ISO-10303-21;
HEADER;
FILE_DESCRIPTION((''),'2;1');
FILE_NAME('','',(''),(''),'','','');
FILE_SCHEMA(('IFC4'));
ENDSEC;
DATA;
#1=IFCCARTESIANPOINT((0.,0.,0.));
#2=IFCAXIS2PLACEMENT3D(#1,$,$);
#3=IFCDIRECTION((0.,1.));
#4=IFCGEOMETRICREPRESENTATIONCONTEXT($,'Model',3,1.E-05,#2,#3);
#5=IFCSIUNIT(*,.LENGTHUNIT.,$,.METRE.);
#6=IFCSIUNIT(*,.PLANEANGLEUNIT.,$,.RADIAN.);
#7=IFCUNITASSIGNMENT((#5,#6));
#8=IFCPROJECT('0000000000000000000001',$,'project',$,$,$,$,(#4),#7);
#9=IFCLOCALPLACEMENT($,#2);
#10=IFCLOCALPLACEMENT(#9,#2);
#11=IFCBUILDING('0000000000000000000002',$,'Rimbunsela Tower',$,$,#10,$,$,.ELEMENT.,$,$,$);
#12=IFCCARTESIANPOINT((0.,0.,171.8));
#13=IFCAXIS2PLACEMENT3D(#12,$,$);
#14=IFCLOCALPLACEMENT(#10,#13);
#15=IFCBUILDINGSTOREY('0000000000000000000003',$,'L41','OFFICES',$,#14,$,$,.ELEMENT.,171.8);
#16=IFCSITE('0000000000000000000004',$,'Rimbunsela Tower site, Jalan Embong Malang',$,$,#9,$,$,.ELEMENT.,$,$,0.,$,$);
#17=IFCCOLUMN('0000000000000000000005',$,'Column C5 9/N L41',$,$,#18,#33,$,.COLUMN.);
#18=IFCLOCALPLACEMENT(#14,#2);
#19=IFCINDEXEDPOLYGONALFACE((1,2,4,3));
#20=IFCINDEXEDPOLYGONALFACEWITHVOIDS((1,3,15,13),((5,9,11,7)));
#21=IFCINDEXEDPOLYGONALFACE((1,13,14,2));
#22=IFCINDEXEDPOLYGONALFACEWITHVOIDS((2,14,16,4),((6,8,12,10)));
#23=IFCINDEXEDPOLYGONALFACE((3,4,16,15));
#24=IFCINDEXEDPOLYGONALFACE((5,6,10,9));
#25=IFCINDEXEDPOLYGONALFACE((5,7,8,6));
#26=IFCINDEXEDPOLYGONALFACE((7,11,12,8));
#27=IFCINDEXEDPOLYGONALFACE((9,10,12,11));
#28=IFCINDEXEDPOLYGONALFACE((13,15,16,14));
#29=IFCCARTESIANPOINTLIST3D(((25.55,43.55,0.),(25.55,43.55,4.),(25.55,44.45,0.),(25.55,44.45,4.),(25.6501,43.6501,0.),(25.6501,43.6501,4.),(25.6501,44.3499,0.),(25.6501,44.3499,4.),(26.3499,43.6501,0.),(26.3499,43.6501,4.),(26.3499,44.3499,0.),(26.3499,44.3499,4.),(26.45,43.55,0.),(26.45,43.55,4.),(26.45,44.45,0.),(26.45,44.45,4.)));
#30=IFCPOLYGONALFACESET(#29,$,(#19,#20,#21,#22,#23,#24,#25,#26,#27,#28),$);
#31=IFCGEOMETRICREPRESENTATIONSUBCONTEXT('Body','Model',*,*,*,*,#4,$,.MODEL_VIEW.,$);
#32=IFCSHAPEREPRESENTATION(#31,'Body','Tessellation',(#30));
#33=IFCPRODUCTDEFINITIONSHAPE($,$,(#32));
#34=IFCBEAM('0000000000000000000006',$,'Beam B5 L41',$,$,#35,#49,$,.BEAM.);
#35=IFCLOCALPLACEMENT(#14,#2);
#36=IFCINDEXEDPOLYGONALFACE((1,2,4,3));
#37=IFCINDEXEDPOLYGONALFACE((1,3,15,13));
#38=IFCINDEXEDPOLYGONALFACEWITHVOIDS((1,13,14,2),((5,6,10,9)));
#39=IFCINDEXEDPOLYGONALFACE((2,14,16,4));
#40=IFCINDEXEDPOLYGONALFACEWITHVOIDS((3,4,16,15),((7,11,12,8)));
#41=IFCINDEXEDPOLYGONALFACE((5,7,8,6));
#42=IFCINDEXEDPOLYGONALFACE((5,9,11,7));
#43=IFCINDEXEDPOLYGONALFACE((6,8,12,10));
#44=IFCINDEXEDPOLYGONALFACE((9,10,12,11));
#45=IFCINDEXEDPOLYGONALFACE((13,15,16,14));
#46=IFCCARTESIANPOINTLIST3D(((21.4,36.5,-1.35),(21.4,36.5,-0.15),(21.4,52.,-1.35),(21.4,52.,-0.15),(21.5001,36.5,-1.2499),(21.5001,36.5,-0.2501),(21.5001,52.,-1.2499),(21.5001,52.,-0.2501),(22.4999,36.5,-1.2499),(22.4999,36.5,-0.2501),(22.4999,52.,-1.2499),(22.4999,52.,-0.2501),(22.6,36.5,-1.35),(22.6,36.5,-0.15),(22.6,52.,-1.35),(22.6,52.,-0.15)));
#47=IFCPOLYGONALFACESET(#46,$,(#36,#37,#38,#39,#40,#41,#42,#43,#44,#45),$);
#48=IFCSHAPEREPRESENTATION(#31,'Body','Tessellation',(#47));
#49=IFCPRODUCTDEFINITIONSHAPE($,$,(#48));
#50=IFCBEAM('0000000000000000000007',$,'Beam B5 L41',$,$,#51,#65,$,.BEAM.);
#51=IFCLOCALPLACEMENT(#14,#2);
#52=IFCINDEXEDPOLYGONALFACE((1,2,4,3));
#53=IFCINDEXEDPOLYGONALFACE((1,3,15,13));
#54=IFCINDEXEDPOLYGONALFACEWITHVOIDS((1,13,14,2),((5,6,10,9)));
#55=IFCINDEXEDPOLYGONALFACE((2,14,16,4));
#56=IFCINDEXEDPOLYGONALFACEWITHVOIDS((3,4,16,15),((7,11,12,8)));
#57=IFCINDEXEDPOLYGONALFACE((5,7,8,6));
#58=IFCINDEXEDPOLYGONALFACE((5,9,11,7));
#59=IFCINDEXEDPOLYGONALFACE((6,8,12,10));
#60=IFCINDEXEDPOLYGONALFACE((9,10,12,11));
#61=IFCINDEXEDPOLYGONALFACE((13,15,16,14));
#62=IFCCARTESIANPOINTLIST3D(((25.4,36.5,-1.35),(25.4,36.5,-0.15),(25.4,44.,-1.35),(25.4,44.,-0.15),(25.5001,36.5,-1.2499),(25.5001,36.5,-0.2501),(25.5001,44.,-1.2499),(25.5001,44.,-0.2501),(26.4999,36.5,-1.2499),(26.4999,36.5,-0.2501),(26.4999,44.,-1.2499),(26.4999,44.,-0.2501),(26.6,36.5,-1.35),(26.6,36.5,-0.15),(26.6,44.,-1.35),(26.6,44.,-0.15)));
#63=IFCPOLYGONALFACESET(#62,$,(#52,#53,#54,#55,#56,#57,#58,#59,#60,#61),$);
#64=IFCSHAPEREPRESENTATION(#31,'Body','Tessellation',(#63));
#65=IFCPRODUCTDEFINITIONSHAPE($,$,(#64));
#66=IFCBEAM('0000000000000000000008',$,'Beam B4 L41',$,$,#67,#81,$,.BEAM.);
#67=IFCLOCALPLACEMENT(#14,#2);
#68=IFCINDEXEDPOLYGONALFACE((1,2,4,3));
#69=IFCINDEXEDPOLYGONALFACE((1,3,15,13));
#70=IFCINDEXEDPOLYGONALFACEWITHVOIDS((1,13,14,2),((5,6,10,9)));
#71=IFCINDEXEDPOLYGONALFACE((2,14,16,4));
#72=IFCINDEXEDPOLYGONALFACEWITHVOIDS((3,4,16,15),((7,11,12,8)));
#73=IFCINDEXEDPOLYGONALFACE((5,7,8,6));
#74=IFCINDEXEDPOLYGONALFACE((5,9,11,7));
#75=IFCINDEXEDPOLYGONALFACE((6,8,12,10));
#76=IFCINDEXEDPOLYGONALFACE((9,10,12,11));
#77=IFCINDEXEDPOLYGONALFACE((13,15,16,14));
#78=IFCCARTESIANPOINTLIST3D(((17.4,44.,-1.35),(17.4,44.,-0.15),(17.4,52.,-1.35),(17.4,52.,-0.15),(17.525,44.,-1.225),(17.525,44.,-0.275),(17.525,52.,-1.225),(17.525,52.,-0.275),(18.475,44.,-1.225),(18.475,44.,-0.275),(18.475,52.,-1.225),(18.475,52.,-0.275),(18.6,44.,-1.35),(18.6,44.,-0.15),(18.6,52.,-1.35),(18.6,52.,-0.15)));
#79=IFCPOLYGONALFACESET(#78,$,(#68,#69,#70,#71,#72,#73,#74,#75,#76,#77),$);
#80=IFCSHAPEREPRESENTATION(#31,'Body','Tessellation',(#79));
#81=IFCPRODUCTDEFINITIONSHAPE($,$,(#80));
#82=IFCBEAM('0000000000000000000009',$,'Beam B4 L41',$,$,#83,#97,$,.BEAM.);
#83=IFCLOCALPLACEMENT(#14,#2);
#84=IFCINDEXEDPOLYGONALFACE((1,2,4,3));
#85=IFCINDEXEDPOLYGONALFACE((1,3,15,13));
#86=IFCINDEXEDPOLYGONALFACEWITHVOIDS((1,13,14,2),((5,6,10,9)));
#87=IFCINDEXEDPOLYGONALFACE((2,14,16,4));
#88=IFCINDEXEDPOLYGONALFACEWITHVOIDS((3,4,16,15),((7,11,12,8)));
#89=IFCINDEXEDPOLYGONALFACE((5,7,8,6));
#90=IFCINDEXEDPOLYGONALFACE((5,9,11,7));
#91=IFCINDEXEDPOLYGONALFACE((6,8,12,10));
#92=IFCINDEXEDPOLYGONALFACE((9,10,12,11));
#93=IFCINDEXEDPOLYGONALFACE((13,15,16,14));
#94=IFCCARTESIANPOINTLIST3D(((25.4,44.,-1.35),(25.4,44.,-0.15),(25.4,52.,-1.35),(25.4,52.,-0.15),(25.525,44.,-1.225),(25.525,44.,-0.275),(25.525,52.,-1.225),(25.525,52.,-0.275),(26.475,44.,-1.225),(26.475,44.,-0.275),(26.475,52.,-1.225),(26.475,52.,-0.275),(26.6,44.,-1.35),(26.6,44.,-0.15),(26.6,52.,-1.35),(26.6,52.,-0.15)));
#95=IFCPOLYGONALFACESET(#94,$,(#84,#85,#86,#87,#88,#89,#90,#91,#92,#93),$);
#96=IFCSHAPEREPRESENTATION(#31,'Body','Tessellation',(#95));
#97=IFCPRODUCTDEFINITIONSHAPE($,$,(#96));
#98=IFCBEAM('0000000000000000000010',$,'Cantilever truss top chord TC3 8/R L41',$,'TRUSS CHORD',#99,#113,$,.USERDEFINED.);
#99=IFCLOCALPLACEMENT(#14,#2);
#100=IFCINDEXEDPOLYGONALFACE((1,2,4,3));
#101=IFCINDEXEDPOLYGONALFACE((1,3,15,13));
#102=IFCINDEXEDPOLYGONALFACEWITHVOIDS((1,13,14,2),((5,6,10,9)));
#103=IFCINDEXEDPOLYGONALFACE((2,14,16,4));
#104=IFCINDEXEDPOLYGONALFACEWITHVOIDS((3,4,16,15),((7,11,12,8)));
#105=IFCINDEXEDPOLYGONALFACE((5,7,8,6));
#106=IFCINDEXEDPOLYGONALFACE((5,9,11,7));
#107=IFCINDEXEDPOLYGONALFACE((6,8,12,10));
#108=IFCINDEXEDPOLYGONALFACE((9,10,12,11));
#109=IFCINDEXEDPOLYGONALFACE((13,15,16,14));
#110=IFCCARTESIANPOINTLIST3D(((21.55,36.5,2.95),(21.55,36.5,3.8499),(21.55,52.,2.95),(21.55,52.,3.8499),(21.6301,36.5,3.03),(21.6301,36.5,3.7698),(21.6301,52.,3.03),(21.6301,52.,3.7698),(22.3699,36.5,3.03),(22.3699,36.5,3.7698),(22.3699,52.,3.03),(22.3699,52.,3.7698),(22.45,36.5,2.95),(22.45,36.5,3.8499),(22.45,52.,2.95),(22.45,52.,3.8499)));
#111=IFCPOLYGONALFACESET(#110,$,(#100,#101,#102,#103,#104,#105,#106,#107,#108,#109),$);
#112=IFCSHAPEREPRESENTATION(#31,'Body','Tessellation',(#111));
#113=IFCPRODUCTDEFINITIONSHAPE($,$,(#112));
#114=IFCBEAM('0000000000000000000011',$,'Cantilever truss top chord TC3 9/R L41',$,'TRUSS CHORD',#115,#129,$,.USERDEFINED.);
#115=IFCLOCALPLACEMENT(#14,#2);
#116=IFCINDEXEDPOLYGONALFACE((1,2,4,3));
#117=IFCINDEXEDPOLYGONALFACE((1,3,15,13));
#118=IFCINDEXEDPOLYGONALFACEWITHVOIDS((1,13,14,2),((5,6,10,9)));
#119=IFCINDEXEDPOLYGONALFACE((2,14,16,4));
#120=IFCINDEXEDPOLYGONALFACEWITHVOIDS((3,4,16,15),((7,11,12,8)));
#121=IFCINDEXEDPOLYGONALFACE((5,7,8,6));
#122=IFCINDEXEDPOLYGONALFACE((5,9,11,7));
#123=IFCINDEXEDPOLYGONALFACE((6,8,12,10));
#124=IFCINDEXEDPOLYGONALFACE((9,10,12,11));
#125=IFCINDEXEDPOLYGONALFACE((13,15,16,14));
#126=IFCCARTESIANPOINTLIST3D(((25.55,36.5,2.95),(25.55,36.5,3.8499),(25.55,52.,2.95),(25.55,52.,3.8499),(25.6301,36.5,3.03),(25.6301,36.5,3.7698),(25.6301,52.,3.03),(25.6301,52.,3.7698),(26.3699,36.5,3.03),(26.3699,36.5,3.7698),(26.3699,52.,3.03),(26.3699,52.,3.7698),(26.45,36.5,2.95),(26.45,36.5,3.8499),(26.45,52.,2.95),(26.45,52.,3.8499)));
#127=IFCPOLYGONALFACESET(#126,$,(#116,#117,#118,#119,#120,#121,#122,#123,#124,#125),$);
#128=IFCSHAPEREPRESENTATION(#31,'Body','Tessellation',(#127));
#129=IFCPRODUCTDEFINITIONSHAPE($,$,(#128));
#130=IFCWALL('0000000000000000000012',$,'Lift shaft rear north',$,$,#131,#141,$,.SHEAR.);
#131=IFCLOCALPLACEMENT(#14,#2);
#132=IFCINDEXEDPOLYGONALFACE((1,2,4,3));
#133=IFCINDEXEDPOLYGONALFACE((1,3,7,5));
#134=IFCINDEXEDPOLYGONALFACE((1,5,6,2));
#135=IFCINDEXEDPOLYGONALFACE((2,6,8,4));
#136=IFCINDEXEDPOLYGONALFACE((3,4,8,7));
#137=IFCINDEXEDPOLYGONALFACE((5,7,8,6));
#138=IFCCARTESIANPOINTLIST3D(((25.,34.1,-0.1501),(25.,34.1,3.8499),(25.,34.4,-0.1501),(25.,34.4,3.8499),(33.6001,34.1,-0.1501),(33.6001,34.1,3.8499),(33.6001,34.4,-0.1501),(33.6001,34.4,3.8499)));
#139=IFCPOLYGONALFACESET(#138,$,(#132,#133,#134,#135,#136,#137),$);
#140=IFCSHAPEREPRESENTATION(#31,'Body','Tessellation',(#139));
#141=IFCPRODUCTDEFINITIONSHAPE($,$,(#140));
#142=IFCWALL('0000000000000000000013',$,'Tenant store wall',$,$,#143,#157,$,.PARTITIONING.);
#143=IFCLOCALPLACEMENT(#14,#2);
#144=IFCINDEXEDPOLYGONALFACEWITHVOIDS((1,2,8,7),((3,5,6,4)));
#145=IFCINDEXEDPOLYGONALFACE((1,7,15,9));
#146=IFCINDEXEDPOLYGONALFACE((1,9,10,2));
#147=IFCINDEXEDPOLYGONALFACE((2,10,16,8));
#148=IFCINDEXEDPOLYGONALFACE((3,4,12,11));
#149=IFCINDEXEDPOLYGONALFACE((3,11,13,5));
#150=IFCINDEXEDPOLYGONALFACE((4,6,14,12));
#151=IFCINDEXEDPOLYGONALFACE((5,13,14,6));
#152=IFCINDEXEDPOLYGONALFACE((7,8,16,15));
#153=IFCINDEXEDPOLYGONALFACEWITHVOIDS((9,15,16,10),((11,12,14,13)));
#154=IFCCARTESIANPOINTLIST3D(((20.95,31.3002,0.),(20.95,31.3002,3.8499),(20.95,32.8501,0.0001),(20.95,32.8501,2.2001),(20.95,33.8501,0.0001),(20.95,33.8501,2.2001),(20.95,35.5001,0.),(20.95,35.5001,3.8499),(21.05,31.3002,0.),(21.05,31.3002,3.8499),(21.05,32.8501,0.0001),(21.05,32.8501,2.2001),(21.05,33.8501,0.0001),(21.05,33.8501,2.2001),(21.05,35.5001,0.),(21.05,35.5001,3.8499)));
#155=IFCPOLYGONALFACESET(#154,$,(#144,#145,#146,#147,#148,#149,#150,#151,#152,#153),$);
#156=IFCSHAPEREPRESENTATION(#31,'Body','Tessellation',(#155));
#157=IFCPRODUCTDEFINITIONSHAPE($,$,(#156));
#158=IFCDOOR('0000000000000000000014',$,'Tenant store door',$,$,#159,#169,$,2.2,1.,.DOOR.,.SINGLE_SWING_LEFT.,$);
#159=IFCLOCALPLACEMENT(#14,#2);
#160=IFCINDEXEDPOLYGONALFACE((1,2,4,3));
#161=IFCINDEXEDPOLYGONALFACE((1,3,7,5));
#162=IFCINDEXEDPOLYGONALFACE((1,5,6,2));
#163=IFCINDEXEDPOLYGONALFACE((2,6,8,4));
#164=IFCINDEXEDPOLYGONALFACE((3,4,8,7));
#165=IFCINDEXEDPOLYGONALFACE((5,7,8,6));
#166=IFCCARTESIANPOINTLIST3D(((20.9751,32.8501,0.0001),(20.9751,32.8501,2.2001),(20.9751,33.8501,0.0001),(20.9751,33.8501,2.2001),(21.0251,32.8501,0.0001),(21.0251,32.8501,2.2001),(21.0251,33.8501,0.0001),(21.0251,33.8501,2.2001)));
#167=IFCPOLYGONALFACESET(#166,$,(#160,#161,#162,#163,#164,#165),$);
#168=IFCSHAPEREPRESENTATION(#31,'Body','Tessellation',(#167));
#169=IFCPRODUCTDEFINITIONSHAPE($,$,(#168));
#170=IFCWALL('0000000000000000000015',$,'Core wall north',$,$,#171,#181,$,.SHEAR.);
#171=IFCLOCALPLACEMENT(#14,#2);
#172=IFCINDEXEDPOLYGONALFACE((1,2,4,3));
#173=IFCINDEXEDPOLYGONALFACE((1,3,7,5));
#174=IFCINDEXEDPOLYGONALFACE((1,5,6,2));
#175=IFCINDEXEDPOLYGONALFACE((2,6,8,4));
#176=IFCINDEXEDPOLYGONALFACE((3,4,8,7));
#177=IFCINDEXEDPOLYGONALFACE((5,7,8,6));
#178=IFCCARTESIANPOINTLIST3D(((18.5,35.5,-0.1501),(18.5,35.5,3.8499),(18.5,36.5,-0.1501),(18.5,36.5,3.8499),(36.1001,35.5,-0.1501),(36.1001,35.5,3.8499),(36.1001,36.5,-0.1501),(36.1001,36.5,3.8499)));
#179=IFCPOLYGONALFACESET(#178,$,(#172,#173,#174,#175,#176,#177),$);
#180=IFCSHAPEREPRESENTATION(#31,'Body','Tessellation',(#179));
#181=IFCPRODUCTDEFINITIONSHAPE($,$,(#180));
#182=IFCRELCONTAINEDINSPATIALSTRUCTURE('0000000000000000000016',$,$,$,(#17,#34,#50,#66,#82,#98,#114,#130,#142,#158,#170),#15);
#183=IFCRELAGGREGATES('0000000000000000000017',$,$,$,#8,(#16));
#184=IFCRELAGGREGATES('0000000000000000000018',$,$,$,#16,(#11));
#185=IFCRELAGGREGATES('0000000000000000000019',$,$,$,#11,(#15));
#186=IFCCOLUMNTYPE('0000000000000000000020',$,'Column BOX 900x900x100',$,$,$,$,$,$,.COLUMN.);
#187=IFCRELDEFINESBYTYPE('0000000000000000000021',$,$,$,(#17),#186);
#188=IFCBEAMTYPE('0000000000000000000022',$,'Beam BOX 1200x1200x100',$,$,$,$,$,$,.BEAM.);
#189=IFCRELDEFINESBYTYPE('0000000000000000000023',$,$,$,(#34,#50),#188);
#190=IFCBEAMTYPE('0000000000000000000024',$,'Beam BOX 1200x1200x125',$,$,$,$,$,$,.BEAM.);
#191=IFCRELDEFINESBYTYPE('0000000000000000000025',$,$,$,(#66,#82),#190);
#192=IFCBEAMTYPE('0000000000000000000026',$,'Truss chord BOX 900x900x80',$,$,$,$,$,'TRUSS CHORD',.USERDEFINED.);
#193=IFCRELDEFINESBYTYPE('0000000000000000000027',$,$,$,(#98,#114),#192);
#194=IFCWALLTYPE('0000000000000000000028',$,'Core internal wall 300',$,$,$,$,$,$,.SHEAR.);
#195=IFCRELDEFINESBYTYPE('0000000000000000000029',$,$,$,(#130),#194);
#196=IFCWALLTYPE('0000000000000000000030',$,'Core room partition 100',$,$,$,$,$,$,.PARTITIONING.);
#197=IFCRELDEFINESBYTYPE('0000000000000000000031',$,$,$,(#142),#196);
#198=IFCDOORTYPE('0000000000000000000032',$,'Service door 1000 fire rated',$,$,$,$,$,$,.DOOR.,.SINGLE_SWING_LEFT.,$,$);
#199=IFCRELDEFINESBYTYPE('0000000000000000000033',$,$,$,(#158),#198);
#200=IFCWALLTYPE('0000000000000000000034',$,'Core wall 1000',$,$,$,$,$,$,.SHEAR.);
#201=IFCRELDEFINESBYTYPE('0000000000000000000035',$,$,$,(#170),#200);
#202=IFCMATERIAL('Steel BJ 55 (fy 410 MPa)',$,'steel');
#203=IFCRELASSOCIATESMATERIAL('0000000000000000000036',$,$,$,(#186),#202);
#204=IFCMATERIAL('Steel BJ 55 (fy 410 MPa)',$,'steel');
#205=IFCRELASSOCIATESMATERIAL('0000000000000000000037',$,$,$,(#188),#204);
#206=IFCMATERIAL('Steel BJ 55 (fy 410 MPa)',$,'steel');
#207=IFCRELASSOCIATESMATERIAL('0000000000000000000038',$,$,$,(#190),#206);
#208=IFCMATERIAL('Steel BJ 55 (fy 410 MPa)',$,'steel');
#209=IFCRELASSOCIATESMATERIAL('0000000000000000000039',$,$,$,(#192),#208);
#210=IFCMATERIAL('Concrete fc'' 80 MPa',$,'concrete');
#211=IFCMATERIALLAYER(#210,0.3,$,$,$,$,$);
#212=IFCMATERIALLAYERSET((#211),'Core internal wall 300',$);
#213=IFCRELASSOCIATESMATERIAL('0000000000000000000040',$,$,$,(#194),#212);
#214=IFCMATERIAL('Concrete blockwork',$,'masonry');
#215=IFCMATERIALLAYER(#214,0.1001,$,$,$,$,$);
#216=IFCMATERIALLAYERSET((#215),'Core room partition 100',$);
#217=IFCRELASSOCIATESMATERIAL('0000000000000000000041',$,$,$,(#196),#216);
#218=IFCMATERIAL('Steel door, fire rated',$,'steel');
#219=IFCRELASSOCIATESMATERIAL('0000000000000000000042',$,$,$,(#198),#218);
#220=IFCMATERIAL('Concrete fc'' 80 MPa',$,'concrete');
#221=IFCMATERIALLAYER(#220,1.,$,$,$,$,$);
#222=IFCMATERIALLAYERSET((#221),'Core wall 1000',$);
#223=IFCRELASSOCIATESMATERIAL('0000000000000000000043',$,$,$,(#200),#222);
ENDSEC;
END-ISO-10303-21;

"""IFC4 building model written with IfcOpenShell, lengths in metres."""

from ifc_helpers import new_model, si_unit, direction, frame, frame_2d, origin, origin_2d, place, context, subcontext, project, spatial, rectangle, hollow_rectangle, extrude, material, layer, layer_set, material_profile, profile_set, type_object, element, fill, save


model = new_model("IFC4")

# Units and contexts
model_context = context("Model", 3, precision=1e-05, world=origin(), true_north=direction((0.0, 1.0)))
body_context = subcontext(model_context, "Body", "Model", "MODEL_VIEW")
ifc_project = project(units=[si_unit("LENGTHUNIT", "METRE"), si_unit("PLANEANGLEUNIT", "RADIAN")], contexts=[model_context])

# Site, building, storey
site_placement = place(None, origin())
site = spatial("IfcSite", under=ifc_project, at=site_placement, Name="Rimbunsela Tower site, Jalan Embong Malang", CompositionType="ELEMENT", RefElevation=0.0)
building_placement = place(site_placement, origin())
building = spatial("IfcBuilding", under=site, at=building_placement, Name="Rimbunsela Tower", CompositionType="ELEMENT")
storey_placement = place(building_placement, frame((0.0, 0.0, 171.8)))
storey = spatial("IfcBuildingStorey", under=building, at=storey_placement, Name="L41", Description="OFFICES", CompositionType="ELEMENT", Elevation=171.8)

# Column
ifc_material_1 = material(Name="Steel BJ 55 (fy 410 MPa)", Category="steel")
ifc_material_profile_1 = material_profile(ifc_material_1, hollow_rectangle(XDim=0.8999, YDim=0.8999, WallThickness=0.1001, at=origin_2d()), Name="BOX 900x900x100")
ifc_profile_set_1 = profile_set([ifc_material_profile_1], Name="Steel BJ 55 (fy 410 MPa)")
column_type = type_object("IfcColumnType", Name="Column BOX 900x900x100", PredefinedType="COLUMN", material=ifc_profile_set_1)
column_placement = place(storey_placement, frame((26.0, 44.0, 0.0), z_axis=(0.0, 0.0, 1.0), x_axis=(1.0, 0.0, 0.0)))
element("IfcColumn", 1, at=column_placement, inside=storey, type_object=column_type, Name="Column C5 9/N L41", PredefinedType="COLUMN", context=body_context, shape_type="SweptSolid", body=[
    extrude(hollow_rectangle(XDim=0.8999, YDim=0.8999, WallThickness=0.1001, at=origin_2d()), origin(), (0.0, 0.0, 1.0), 4.0),
])

# Beams
ifc_material_2 = material(Name="Steel BJ 55 (fy 410 MPa)", Category="steel")
ifc_material_profile_2 = material_profile(ifc_material_2, hollow_rectangle(XDim=1.2, YDim=1.2, WallThickness=0.1001, at=origin_2d()), Name="BOX 1200x1200x100")
ifc_profile_set_2 = profile_set([ifc_material_profile_2], Name="Steel BJ 55 (fy 410 MPa)")
beam_type_1 = type_object("IfcBeamType", Name="Beam BOX 1200x1200x100", PredefinedType="BEAM", material=ifc_profile_set_2)
beam_1_placement = place(storey_placement, frame((22.0, 36.5, -0.75), z_axis=(0.0, 1.0, 0.0), x_axis=(-1.0, 0.0, 0.0)))
element("IfcBeam", 2, at=beam_1_placement, inside=storey, type_object=beam_type_1, Name="Beam B5 L41", PredefinedType="BEAM", context=body_context, shape_type="SweptSolid", body=[
    extrude(hollow_rectangle(XDim=1.2, YDim=1.2, WallThickness=0.1001, at=origin_2d()), origin(), (0.0, 0.0, 1.0), 15.5),
])
beam_2_placement = place(storey_placement, frame((26.0, 36.5, -0.75), z_axis=(0.0, 1.0, 0.0), x_axis=(-1.0, 0.0, 0.0)))
element("IfcBeam", 3, at=beam_2_placement, inside=storey, type_object=beam_type_1, Name="Beam B5 L41", PredefinedType="BEAM", context=body_context, shape_type="SweptSolid", body=[
    extrude(hollow_rectangle(XDim=1.2, YDim=1.2, WallThickness=0.1001, at=origin_2d()), origin(), (0.0, 0.0, 1.0), 7.5),
])
ifc_material_3 = material(Name="Steel BJ 55 (fy 410 MPa)", Category="steel")
ifc_material_profile_3 = material_profile(ifc_material_3, hollow_rectangle(XDim=1.2, YDim=1.2, WallThickness=0.125, at=origin_2d()), Name="BOX 1200x1200x125")
ifc_profile_set_3 = profile_set([ifc_material_profile_3], Name="Steel BJ 55 (fy 410 MPa)")
beam_type_2 = type_object("IfcBeamType", Name="Beam BOX 1200x1200x125", PredefinedType="BEAM", material=ifc_profile_set_3)
for number, where, z_axis, x_axis, name in (
    (4, (18.0, 44.0, -0.75), (0.0, 1.0, 0.0), (-1.0, 0.0, 0.0), "Beam B4 L41"),
    (5, (26.0, 44.0, -0.75), (0.0, 1.0, 0.0), (-1.0, 0.0, 0.0), "Beam B4 L41"),
):
    element("IfcBeam", number, at=place(storey_placement, frame(where, z_axis=z_axis, x_axis=x_axis)), inside=storey, type_object=beam_type_2, Name=name, PredefinedType="BEAM", context=body_context, shape_type="SweptSolid", body=[
        extrude(hollow_rectangle(XDim=1.2, YDim=1.2, WallThickness=0.125, at=origin_2d()), origin(), (0.0, 0.0, 1.0), 8.0),
    ])
ifc_material_4 = material(Name="Steel BJ 55 (fy 410 MPa)", Category="steel")
ifc_material_profile_4 = material_profile(ifc_material_4, hollow_rectangle(XDim=0.8999, YDim=0.8999, WallThickness=0.0801, at=origin_2d()), Name="BOX 900x900x80")
ifc_profile_set_4 = profile_set([ifc_material_profile_4], Name="Steel BJ 55 (fy 410 MPa)")
beam_type_3 = type_object("IfcBeamType", Name="Truss chord BOX 900x900x80", ElementType="TRUSS CHORD", PredefinedType="USERDEFINED", material=ifc_profile_set_4)
for number, where, z_axis, x_axis, name in (
    (6, (22.0, 36.5, 3.3999), (0.0, 1.0, 0.0), (-1.0, 0.0, 0.0), "Cantilever truss top chord TC3 8/R L41"),
    (7, (26.0, 36.5, 3.3999), (0.0, 1.0, 0.0), (-1.0, 0.0, 0.0), "Cantilever truss top chord TC3 9/R L41"),
):
    element("IfcBeam", number, at=place(storey_placement, frame(where, z_axis=z_axis, x_axis=x_axis)), inside=storey, type_object=beam_type_3, Name=name, ObjectType="TRUSS CHORD", PredefinedType="USERDEFINED", context=body_context, shape_type="SweptSolid", body=[
        extrude(hollow_rectangle(XDim=0.8999, YDim=0.8999, WallThickness=0.0801, at=origin_2d()), origin(), (0.0, 0.0, 1.0), 15.5),
    ])

# Wall
ifc_material_5 = material(Name="Concrete fc' 80 MPa", Category="concrete")
ifc_layer_1 = layer(ifc_material_5, 0.3)
ifc_layer_set_1 = layer_set([ifc_layer_1], Name="Core internal wall 300")
wall_type_1 = type_object("IfcWallType", Name="Core internal wall 300", PredefinedType="SHEAR", material=ifc_layer_set_1)
wall_1_placement = place(storey_placement, frame((25.0, 34.25, -0.1501), z_axis=(0.0, 0.0, 1.0), x_axis=(1.0, 0.0, 0.0)))
element("IfcWall", 8, at=wall_1_placement, inside=storey, type_object=wall_type_1, Name="Lift shaft rear north", PredefinedType="SHEAR", context=body_context, shape_type="SweptSolid", body=[
    extrude(rectangle(XDim=8.6001, YDim=0.3, at=frame_2d((4.3, 0.0))), origin(), (0.0, 0.0, 1.0), 4.0),
])

# Wall, opening, door
ifc_material_6 = material(Name="Concrete blockwork", Category="masonry")
ifc_layer_2 = layer(ifc_material_6, 0.1001)
ifc_layer_set_2 = layer_set([ifc_layer_2], Name="Core room partition 100")
wall_type_2 = type_object("IfcWallType", Name="Core room partition 100", PredefinedType="PARTITIONING", material=ifc_layer_set_2)
wall_2_placement = place(storey_placement, frame((21.0, 31.3, 0.0), z_axis=(0.0, 0.0, 1.0), x_axis=(0.0, 1.0, 0.0)))
wall_2 = element("IfcWall", 9, at=wall_2_placement, inside=storey, type_object=wall_type_2, Name="Tenant store wall", PredefinedType="PARTITIONING", context=body_context, shape_type="SweptSolid", body=[
    extrude(rectangle(XDim=4.2, YDim=0.1001, at=frame_2d((2.1001, 0.0))), origin(), (0.0, 0.0, 1.0), 3.8499),
])
opening_1_placement = place(wall_2_placement, frame((1.55, 0.0, 0.0)))
opening_1 = element("IfcOpeningElement", 10, at=opening_1_placement, cuts=wall_2, PredefinedType="OPENING", context=body_context, shape_type="SweptSolid", body=[
    extrude(rectangle(XDim=1.0, YDim=2.2, at=frame_2d((0.5, 1.1001))), frame((0.0, 0.0601, 0.0), z_axis=(0.0, -1.0, 0.0), x_axis=(1.0, 0.0, 0.0)), (0.0, 0.0, 1.0), 0.1201),
])
ifc_material_7 = material(Name="Steel door, fire rated", Category="steel")
door_type_1 = type_object("IfcDoorType", Name="Service door 1000 fire rated", OperationType="SINGLE_SWING_LEFT", PredefinedType="DOOR", material=ifc_material_7)
door_1_placement = place(opening_1_placement, origin())
door_1 = element("IfcDoor", 11, at=door_1_placement, inside=storey, type_object=door_type_1, Name="Tenant store door", OperationType="SINGLE_SWING_LEFT", OverallHeight=2.2, OverallWidth=1.0, PredefinedType="DOOR", context=body_context, shape_type="SweptSolid", body=[
    extrude(rectangle(XDim=1.0, YDim=2.2, at=frame_2d((0.5, 1.1001))), frame((0.0, 0.0249, 0.0), z_axis=(0.0, -1.0, 0.0), x_axis=(1.0, 0.0, 0.0)), (0.0, 0.0, 1.0), 0.05),
])
fill(opening_1, door_1)

# Wall
ifc_material_8 = material(Name="Concrete fc' 80 MPa", Category="concrete")
ifc_layer_3 = layer(ifc_material_8, 1.0)
ifc_layer_set_3 = layer_set([ifc_layer_3], Name="Core wall 1000")
wall_type_3 = type_object("IfcWallType", Name="Core wall 1000", PredefinedType="SHEAR", material=ifc_layer_set_3)
wall_3_placement = place(storey_placement, frame((18.5, 36.0, -0.1501), z_axis=(0.0, 0.0, 1.0), x_axis=(1.0, 0.0, 0.0)))
element("IfcWall", 12, at=wall_3_placement, inside=storey, type_object=wall_type_3, Name="Core wall north", PredefinedType="SHEAR", context=body_context, shape_type="SweptSolid", body=[
    extrude(rectangle(XDim=17.6001, YDim=1.0, at=frame_2d((8.8, 0.0))), origin(), (0.0, 0.0, 1.0), 4.0),
])

save(model, "model.ifc")
